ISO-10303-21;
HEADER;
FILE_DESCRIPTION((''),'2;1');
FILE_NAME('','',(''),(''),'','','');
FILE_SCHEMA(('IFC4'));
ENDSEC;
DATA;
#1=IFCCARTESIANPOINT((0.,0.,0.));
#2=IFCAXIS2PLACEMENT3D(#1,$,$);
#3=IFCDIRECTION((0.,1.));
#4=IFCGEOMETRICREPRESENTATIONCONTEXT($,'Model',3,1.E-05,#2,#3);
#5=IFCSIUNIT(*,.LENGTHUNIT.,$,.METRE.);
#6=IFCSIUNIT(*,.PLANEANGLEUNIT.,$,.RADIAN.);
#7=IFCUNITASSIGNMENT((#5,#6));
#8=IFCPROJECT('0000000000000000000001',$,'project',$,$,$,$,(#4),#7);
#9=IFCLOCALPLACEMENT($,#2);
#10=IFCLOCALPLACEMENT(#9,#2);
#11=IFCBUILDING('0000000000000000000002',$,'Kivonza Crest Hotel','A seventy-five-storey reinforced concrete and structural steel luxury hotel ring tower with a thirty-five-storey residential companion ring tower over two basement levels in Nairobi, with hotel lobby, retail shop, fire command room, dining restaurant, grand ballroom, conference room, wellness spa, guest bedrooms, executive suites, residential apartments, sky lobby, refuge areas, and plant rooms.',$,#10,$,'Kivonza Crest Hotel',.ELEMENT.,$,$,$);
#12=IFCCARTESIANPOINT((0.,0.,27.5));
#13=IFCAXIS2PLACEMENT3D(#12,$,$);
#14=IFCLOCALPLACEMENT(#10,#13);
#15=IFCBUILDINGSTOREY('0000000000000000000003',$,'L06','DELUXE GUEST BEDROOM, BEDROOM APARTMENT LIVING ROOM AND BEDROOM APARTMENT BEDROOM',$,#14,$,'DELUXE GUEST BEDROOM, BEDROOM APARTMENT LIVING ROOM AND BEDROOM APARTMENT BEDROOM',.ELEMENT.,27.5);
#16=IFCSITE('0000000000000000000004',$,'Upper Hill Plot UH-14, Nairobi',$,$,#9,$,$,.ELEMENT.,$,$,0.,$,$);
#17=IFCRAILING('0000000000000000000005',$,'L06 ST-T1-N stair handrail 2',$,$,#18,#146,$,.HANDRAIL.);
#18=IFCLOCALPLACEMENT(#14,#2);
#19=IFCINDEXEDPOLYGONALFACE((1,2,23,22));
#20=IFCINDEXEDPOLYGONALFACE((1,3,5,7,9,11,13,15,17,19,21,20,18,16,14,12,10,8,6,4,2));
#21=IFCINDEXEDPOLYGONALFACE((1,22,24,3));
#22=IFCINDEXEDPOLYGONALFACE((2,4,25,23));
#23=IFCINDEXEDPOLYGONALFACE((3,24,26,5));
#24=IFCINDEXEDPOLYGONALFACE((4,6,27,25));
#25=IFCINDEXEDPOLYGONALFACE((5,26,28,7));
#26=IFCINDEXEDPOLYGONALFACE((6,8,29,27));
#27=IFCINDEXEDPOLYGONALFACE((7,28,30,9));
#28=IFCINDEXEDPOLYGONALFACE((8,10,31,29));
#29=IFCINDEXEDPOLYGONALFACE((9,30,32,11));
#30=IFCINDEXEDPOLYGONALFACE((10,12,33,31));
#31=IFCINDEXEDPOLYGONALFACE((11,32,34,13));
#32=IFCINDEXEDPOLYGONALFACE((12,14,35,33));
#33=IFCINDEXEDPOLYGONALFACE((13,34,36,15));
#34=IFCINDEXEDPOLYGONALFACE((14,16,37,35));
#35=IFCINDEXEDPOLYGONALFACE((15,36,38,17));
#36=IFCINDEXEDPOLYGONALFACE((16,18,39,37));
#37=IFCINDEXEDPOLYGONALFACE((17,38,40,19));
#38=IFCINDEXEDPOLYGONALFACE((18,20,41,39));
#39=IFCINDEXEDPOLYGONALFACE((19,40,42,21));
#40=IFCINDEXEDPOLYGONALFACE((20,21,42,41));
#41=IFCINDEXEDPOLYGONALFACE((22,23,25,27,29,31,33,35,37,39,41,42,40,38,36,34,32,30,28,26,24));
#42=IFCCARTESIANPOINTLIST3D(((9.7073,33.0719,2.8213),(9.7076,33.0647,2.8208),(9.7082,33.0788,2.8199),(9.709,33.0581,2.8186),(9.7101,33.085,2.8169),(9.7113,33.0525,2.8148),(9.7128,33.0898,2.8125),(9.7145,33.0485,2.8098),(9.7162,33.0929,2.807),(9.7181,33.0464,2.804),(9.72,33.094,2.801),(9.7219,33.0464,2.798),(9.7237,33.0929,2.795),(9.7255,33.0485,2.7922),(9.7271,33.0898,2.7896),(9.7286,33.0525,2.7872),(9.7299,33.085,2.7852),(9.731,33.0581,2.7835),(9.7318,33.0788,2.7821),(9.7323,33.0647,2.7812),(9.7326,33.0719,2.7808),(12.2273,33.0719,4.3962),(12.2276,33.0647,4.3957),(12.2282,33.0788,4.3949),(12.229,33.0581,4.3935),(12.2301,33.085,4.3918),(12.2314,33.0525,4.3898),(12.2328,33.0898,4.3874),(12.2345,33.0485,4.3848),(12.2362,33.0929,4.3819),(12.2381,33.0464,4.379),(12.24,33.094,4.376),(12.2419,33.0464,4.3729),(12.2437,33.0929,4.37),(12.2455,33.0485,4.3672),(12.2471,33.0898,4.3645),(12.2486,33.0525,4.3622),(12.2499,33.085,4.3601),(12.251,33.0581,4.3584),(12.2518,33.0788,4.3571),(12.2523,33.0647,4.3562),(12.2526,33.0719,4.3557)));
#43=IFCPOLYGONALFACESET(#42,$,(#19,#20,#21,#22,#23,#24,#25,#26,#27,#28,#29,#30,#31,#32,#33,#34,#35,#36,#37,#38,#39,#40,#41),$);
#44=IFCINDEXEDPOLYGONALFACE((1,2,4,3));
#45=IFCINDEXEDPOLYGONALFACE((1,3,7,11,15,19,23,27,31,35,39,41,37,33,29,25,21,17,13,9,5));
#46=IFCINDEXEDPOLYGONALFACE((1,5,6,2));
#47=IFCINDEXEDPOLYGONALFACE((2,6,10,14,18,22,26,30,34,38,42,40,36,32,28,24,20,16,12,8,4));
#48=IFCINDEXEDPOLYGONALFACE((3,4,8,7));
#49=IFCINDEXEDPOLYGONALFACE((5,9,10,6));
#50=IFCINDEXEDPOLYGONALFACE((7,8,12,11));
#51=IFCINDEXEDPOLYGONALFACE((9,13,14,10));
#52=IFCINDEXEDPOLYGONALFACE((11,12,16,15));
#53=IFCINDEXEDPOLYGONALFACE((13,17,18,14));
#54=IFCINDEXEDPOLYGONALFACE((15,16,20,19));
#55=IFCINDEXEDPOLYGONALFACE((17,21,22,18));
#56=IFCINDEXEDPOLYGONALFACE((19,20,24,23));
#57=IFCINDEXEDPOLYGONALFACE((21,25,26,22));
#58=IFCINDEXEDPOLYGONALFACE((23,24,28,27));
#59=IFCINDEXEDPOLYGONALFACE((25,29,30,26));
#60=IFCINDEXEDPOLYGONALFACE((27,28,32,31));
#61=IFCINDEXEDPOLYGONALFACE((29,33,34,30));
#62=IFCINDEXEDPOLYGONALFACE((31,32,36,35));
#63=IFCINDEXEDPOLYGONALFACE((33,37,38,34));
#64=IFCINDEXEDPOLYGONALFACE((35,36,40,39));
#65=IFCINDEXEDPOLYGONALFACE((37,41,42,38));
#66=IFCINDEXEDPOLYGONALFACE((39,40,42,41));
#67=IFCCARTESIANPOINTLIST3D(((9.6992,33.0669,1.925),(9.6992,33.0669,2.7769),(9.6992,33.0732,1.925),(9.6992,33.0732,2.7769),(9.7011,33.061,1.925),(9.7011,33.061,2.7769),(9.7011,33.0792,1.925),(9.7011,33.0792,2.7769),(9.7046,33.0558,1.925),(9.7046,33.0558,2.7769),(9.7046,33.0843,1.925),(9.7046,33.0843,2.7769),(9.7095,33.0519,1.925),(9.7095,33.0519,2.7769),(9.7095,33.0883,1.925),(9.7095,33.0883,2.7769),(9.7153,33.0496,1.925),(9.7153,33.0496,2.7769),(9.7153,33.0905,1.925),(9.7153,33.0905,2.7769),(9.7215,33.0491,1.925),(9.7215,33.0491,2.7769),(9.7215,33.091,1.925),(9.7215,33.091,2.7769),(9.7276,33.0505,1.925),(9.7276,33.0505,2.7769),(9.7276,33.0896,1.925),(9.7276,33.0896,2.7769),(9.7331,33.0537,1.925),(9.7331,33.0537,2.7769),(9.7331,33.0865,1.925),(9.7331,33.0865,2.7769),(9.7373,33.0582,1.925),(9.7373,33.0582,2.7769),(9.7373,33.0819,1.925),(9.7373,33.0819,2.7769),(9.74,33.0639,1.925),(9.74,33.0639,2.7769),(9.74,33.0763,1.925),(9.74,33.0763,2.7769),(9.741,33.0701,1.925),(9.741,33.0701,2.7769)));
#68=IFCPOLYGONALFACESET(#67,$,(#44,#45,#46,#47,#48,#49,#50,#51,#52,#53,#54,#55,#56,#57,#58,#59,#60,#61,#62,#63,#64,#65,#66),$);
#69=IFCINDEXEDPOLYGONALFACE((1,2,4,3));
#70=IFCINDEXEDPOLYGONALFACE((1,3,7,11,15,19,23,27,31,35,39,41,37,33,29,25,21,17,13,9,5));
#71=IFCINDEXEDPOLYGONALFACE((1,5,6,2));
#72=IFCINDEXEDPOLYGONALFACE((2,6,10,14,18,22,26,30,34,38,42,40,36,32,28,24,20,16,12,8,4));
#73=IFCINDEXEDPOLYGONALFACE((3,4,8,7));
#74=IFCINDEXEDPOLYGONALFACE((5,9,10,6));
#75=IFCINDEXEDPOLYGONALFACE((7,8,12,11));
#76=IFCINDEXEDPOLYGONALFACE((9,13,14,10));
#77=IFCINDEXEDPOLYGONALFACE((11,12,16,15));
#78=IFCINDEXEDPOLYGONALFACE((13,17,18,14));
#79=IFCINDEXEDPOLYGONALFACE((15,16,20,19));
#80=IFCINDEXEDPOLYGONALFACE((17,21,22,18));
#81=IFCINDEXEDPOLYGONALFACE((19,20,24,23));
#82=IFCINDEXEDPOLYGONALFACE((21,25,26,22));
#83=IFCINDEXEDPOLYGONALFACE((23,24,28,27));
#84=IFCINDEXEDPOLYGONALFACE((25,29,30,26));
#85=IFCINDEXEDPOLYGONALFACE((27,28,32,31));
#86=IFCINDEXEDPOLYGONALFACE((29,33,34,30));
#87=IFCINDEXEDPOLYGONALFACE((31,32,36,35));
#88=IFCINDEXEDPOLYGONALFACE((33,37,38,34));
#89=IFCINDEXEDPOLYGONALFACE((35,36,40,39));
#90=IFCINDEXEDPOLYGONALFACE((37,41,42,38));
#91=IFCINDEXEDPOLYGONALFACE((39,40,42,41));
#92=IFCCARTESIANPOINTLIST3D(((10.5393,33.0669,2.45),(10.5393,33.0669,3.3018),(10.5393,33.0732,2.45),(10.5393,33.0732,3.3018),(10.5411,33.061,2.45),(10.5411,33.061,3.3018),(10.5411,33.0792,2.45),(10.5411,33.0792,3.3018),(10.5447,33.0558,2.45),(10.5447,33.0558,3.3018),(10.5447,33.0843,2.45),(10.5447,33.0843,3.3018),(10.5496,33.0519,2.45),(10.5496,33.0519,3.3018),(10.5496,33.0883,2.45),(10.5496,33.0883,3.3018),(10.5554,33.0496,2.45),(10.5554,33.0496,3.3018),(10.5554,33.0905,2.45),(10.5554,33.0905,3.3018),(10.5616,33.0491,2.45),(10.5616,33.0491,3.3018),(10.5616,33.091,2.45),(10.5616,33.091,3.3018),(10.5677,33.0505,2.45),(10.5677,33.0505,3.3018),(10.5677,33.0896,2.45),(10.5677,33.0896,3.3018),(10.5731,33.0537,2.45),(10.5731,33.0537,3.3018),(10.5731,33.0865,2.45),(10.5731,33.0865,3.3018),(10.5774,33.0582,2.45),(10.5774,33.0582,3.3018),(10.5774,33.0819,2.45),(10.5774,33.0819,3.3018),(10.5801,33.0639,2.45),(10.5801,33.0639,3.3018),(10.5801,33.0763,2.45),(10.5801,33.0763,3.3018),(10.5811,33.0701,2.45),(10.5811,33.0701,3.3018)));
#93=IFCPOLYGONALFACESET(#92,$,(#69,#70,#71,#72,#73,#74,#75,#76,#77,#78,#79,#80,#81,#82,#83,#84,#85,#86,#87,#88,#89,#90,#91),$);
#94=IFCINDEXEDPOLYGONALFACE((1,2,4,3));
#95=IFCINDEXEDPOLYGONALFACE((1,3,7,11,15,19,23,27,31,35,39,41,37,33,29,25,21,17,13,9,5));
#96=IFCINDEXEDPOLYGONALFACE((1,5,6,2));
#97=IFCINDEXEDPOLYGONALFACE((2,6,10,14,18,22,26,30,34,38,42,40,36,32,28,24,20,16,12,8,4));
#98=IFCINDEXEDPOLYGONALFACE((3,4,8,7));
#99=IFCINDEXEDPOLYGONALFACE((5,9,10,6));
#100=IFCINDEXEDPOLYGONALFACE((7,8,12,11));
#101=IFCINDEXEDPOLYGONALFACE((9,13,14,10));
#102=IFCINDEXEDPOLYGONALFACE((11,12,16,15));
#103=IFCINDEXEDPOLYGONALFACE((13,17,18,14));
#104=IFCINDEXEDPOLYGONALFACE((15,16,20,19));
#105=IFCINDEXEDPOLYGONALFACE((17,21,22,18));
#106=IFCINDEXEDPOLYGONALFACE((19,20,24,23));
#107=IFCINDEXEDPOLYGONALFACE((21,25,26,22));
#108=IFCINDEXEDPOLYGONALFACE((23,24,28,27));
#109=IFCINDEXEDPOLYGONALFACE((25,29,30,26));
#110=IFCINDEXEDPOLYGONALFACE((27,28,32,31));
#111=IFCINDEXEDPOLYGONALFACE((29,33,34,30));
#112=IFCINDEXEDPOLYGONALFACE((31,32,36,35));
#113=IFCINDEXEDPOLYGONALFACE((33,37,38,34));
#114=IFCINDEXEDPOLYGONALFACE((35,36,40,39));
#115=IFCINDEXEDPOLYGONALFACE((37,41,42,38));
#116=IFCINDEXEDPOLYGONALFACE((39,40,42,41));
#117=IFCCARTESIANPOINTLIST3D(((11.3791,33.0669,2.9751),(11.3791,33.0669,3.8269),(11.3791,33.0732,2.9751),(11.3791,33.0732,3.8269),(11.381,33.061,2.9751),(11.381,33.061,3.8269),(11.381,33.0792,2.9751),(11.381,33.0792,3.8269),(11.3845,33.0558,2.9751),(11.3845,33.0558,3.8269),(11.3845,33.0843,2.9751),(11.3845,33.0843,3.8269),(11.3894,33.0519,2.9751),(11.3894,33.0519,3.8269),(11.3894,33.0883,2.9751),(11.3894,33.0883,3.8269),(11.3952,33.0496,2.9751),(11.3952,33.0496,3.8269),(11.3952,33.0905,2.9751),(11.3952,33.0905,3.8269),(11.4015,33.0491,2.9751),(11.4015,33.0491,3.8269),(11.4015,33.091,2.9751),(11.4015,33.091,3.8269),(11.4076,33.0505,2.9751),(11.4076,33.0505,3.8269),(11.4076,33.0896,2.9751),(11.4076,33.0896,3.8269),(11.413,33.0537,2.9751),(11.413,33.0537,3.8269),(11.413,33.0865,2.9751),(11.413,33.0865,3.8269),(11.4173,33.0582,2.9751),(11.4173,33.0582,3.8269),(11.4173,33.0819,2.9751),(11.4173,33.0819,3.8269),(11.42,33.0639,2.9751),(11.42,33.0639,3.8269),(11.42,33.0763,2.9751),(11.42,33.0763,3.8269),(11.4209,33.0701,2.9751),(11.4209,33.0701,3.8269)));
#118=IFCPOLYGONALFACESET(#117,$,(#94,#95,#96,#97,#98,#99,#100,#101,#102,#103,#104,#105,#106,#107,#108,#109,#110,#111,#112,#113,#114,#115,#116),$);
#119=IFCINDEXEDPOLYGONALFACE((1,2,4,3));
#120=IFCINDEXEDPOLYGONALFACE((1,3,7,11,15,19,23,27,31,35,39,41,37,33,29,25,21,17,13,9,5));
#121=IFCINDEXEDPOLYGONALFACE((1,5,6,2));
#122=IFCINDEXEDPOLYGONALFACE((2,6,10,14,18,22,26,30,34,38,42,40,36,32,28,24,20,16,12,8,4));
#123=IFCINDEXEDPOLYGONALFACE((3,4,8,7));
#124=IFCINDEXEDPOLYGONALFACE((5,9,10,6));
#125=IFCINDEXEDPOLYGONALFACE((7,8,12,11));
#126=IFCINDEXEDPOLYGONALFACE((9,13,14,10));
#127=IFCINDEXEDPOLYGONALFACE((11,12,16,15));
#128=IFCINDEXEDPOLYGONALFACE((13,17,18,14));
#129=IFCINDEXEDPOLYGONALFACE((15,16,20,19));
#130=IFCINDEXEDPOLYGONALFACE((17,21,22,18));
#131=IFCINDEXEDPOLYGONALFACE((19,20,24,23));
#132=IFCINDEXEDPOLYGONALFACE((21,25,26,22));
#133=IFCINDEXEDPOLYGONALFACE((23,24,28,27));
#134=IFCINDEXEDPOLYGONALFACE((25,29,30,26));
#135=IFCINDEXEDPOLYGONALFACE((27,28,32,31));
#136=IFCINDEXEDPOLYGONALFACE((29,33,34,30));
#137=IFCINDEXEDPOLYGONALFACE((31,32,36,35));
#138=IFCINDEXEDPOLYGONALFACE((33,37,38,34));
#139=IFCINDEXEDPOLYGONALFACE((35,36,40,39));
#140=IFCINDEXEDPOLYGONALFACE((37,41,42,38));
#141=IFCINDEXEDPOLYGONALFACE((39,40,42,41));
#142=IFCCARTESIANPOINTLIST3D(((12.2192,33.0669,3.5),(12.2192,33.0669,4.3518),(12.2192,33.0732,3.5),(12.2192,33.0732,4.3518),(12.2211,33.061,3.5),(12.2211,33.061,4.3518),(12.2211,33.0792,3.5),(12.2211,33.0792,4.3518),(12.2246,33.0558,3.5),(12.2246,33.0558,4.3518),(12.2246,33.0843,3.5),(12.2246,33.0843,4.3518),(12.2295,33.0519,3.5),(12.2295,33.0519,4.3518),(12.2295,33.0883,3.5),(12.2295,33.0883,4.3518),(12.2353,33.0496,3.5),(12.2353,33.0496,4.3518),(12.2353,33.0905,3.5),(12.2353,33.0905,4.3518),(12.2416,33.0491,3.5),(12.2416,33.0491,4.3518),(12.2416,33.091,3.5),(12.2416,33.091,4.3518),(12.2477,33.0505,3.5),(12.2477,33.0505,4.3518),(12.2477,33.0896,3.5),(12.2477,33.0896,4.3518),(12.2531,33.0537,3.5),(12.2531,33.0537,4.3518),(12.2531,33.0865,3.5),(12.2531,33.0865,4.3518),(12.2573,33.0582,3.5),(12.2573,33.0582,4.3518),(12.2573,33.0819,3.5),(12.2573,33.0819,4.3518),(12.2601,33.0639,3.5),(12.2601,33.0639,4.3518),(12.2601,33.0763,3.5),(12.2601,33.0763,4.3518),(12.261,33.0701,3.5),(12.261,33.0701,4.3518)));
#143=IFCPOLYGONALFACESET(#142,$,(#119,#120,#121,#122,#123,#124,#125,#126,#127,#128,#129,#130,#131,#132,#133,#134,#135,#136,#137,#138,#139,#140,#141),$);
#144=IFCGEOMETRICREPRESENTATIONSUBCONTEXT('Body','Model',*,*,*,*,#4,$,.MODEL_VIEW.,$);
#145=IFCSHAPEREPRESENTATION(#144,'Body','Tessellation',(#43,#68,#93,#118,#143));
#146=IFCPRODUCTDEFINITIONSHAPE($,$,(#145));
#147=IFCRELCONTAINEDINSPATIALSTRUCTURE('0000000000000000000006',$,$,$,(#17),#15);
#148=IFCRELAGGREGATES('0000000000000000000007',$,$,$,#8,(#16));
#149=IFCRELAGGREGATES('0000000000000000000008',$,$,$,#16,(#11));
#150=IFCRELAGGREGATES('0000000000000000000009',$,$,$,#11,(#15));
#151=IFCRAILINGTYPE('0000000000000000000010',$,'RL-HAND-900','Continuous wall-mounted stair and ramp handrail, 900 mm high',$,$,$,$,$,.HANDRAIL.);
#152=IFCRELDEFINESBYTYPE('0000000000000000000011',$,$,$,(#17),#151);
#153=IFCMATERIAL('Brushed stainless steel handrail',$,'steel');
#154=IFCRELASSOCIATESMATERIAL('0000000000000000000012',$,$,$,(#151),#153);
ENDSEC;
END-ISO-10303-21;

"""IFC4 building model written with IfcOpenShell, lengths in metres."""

from ifc_helpers import new_model, si_unit, direction, frame, origin, origin_2d, place, context, subcontext, project, spatial, circle, extrude, material, type_object, element, save


model = new_model("IFC4")

# Units and contexts
model_context = context("Model", 3, precision=1e-05, world=origin(), true_north=direction((0.0, 1.0)))
body_context = subcontext(model_context, "Body", "Model", "MODEL_VIEW")
ifc_project = project(units=[si_unit("LENGTHUNIT", "METRE"), si_unit("PLANEANGLEUNIT", "RADIAN")], contexts=[model_context])

# Site, building, storey
site_placement = place(None, origin())
site = spatial("IfcSite", under=ifc_project, at=site_placement, Name="Upper Hill Plot UH-14, Nairobi", CompositionType="ELEMENT", RefElevation=0.0)
building_placement = place(site_placement, origin())
building = spatial("IfcBuilding", under=site, at=building_placement, Name="Kivonza Crest Hotel", Description="A seventy-five-storey reinforced concrete and structural steel luxury hotel ring tower with a thirty-five-storey residential companion ring tower over two basement levels in Nairobi, with hotel lobby, retail shop, fire command room, dining restaurant, grand ballroom, conference room, wellness spa, guest bedrooms, executive suites, residential apartments, sky lobby, refuge areas, and plant rooms.", LongName="Kivonza Crest Hotel", CompositionType="ELEMENT")
storey_placement = place(building_placement, frame((0.0, 0.0, 27.5)))
storey = spatial("IfcBuildingStorey", under=building, at=storey_placement, Name="L06", Description="DELUXE GUEST BEDROOM, BEDROOM APARTMENT LIVING ROOM AND BEDROOM APARTMENT BEDROOM", LongName="DELUXE GUEST BEDROOM, BEDROOM APARTMENT LIVING ROOM AND BEDROOM APARTMENT BEDROOM", CompositionType="ELEMENT", Elevation=27.5)

# Railing
ifc_material_1 = material(Name="Brushed stainless steel handrail", Category="steel")
railing_type = type_object("IfcRailingType", Name="RL-HAND-900", Description="Continuous wall-mounted stair and ramp handrail, 900 mm high", PredefinedType="HANDRAIL", material=ifc_material_1)
railing_placement = place(storey_placement, frame((9.72, 33.0701, 1.925)))
element("IfcRailing", 1, at=railing_placement, inside=storey, type_object=railing_type, Name="L06 ST-T1-N stair handrail 2", PredefinedType="HANDRAIL", context=body_context, shape_type="SweptSolid", body=[
    extrude(circle(Radius=0.0239, at=origin_2d()), frame((0.0, 0.0, 0.876), z_axis=(0.848008, 0.0, 0.529984), x_axis=(0.0, 1.0, 0.0)), (0.0, 0.0, 1.0), 2.9717),
    extrude(circle(Radius=0.021, at=origin_2d()), origin(), (0.0, 0.0, 1.0), 0.8518),
    extrude(circle(Radius=0.021, at=origin_2d()), frame((0.8401, 0.0, 0.5249)), (0.0, 0.0, 1.0), 0.8518),
    extrude(circle(Radius=0.021, at=origin_2d()), frame((1.6799, 0.0, 1.05)), (0.0, 0.0, 1.0), 0.8518),
    extrude(circle(Radius=0.021, at=origin_2d()), frame((2.52, 0.0, 1.575)), (0.0, 0.0, 1.0), 0.8518),
])

save(model, "model.ifc")
